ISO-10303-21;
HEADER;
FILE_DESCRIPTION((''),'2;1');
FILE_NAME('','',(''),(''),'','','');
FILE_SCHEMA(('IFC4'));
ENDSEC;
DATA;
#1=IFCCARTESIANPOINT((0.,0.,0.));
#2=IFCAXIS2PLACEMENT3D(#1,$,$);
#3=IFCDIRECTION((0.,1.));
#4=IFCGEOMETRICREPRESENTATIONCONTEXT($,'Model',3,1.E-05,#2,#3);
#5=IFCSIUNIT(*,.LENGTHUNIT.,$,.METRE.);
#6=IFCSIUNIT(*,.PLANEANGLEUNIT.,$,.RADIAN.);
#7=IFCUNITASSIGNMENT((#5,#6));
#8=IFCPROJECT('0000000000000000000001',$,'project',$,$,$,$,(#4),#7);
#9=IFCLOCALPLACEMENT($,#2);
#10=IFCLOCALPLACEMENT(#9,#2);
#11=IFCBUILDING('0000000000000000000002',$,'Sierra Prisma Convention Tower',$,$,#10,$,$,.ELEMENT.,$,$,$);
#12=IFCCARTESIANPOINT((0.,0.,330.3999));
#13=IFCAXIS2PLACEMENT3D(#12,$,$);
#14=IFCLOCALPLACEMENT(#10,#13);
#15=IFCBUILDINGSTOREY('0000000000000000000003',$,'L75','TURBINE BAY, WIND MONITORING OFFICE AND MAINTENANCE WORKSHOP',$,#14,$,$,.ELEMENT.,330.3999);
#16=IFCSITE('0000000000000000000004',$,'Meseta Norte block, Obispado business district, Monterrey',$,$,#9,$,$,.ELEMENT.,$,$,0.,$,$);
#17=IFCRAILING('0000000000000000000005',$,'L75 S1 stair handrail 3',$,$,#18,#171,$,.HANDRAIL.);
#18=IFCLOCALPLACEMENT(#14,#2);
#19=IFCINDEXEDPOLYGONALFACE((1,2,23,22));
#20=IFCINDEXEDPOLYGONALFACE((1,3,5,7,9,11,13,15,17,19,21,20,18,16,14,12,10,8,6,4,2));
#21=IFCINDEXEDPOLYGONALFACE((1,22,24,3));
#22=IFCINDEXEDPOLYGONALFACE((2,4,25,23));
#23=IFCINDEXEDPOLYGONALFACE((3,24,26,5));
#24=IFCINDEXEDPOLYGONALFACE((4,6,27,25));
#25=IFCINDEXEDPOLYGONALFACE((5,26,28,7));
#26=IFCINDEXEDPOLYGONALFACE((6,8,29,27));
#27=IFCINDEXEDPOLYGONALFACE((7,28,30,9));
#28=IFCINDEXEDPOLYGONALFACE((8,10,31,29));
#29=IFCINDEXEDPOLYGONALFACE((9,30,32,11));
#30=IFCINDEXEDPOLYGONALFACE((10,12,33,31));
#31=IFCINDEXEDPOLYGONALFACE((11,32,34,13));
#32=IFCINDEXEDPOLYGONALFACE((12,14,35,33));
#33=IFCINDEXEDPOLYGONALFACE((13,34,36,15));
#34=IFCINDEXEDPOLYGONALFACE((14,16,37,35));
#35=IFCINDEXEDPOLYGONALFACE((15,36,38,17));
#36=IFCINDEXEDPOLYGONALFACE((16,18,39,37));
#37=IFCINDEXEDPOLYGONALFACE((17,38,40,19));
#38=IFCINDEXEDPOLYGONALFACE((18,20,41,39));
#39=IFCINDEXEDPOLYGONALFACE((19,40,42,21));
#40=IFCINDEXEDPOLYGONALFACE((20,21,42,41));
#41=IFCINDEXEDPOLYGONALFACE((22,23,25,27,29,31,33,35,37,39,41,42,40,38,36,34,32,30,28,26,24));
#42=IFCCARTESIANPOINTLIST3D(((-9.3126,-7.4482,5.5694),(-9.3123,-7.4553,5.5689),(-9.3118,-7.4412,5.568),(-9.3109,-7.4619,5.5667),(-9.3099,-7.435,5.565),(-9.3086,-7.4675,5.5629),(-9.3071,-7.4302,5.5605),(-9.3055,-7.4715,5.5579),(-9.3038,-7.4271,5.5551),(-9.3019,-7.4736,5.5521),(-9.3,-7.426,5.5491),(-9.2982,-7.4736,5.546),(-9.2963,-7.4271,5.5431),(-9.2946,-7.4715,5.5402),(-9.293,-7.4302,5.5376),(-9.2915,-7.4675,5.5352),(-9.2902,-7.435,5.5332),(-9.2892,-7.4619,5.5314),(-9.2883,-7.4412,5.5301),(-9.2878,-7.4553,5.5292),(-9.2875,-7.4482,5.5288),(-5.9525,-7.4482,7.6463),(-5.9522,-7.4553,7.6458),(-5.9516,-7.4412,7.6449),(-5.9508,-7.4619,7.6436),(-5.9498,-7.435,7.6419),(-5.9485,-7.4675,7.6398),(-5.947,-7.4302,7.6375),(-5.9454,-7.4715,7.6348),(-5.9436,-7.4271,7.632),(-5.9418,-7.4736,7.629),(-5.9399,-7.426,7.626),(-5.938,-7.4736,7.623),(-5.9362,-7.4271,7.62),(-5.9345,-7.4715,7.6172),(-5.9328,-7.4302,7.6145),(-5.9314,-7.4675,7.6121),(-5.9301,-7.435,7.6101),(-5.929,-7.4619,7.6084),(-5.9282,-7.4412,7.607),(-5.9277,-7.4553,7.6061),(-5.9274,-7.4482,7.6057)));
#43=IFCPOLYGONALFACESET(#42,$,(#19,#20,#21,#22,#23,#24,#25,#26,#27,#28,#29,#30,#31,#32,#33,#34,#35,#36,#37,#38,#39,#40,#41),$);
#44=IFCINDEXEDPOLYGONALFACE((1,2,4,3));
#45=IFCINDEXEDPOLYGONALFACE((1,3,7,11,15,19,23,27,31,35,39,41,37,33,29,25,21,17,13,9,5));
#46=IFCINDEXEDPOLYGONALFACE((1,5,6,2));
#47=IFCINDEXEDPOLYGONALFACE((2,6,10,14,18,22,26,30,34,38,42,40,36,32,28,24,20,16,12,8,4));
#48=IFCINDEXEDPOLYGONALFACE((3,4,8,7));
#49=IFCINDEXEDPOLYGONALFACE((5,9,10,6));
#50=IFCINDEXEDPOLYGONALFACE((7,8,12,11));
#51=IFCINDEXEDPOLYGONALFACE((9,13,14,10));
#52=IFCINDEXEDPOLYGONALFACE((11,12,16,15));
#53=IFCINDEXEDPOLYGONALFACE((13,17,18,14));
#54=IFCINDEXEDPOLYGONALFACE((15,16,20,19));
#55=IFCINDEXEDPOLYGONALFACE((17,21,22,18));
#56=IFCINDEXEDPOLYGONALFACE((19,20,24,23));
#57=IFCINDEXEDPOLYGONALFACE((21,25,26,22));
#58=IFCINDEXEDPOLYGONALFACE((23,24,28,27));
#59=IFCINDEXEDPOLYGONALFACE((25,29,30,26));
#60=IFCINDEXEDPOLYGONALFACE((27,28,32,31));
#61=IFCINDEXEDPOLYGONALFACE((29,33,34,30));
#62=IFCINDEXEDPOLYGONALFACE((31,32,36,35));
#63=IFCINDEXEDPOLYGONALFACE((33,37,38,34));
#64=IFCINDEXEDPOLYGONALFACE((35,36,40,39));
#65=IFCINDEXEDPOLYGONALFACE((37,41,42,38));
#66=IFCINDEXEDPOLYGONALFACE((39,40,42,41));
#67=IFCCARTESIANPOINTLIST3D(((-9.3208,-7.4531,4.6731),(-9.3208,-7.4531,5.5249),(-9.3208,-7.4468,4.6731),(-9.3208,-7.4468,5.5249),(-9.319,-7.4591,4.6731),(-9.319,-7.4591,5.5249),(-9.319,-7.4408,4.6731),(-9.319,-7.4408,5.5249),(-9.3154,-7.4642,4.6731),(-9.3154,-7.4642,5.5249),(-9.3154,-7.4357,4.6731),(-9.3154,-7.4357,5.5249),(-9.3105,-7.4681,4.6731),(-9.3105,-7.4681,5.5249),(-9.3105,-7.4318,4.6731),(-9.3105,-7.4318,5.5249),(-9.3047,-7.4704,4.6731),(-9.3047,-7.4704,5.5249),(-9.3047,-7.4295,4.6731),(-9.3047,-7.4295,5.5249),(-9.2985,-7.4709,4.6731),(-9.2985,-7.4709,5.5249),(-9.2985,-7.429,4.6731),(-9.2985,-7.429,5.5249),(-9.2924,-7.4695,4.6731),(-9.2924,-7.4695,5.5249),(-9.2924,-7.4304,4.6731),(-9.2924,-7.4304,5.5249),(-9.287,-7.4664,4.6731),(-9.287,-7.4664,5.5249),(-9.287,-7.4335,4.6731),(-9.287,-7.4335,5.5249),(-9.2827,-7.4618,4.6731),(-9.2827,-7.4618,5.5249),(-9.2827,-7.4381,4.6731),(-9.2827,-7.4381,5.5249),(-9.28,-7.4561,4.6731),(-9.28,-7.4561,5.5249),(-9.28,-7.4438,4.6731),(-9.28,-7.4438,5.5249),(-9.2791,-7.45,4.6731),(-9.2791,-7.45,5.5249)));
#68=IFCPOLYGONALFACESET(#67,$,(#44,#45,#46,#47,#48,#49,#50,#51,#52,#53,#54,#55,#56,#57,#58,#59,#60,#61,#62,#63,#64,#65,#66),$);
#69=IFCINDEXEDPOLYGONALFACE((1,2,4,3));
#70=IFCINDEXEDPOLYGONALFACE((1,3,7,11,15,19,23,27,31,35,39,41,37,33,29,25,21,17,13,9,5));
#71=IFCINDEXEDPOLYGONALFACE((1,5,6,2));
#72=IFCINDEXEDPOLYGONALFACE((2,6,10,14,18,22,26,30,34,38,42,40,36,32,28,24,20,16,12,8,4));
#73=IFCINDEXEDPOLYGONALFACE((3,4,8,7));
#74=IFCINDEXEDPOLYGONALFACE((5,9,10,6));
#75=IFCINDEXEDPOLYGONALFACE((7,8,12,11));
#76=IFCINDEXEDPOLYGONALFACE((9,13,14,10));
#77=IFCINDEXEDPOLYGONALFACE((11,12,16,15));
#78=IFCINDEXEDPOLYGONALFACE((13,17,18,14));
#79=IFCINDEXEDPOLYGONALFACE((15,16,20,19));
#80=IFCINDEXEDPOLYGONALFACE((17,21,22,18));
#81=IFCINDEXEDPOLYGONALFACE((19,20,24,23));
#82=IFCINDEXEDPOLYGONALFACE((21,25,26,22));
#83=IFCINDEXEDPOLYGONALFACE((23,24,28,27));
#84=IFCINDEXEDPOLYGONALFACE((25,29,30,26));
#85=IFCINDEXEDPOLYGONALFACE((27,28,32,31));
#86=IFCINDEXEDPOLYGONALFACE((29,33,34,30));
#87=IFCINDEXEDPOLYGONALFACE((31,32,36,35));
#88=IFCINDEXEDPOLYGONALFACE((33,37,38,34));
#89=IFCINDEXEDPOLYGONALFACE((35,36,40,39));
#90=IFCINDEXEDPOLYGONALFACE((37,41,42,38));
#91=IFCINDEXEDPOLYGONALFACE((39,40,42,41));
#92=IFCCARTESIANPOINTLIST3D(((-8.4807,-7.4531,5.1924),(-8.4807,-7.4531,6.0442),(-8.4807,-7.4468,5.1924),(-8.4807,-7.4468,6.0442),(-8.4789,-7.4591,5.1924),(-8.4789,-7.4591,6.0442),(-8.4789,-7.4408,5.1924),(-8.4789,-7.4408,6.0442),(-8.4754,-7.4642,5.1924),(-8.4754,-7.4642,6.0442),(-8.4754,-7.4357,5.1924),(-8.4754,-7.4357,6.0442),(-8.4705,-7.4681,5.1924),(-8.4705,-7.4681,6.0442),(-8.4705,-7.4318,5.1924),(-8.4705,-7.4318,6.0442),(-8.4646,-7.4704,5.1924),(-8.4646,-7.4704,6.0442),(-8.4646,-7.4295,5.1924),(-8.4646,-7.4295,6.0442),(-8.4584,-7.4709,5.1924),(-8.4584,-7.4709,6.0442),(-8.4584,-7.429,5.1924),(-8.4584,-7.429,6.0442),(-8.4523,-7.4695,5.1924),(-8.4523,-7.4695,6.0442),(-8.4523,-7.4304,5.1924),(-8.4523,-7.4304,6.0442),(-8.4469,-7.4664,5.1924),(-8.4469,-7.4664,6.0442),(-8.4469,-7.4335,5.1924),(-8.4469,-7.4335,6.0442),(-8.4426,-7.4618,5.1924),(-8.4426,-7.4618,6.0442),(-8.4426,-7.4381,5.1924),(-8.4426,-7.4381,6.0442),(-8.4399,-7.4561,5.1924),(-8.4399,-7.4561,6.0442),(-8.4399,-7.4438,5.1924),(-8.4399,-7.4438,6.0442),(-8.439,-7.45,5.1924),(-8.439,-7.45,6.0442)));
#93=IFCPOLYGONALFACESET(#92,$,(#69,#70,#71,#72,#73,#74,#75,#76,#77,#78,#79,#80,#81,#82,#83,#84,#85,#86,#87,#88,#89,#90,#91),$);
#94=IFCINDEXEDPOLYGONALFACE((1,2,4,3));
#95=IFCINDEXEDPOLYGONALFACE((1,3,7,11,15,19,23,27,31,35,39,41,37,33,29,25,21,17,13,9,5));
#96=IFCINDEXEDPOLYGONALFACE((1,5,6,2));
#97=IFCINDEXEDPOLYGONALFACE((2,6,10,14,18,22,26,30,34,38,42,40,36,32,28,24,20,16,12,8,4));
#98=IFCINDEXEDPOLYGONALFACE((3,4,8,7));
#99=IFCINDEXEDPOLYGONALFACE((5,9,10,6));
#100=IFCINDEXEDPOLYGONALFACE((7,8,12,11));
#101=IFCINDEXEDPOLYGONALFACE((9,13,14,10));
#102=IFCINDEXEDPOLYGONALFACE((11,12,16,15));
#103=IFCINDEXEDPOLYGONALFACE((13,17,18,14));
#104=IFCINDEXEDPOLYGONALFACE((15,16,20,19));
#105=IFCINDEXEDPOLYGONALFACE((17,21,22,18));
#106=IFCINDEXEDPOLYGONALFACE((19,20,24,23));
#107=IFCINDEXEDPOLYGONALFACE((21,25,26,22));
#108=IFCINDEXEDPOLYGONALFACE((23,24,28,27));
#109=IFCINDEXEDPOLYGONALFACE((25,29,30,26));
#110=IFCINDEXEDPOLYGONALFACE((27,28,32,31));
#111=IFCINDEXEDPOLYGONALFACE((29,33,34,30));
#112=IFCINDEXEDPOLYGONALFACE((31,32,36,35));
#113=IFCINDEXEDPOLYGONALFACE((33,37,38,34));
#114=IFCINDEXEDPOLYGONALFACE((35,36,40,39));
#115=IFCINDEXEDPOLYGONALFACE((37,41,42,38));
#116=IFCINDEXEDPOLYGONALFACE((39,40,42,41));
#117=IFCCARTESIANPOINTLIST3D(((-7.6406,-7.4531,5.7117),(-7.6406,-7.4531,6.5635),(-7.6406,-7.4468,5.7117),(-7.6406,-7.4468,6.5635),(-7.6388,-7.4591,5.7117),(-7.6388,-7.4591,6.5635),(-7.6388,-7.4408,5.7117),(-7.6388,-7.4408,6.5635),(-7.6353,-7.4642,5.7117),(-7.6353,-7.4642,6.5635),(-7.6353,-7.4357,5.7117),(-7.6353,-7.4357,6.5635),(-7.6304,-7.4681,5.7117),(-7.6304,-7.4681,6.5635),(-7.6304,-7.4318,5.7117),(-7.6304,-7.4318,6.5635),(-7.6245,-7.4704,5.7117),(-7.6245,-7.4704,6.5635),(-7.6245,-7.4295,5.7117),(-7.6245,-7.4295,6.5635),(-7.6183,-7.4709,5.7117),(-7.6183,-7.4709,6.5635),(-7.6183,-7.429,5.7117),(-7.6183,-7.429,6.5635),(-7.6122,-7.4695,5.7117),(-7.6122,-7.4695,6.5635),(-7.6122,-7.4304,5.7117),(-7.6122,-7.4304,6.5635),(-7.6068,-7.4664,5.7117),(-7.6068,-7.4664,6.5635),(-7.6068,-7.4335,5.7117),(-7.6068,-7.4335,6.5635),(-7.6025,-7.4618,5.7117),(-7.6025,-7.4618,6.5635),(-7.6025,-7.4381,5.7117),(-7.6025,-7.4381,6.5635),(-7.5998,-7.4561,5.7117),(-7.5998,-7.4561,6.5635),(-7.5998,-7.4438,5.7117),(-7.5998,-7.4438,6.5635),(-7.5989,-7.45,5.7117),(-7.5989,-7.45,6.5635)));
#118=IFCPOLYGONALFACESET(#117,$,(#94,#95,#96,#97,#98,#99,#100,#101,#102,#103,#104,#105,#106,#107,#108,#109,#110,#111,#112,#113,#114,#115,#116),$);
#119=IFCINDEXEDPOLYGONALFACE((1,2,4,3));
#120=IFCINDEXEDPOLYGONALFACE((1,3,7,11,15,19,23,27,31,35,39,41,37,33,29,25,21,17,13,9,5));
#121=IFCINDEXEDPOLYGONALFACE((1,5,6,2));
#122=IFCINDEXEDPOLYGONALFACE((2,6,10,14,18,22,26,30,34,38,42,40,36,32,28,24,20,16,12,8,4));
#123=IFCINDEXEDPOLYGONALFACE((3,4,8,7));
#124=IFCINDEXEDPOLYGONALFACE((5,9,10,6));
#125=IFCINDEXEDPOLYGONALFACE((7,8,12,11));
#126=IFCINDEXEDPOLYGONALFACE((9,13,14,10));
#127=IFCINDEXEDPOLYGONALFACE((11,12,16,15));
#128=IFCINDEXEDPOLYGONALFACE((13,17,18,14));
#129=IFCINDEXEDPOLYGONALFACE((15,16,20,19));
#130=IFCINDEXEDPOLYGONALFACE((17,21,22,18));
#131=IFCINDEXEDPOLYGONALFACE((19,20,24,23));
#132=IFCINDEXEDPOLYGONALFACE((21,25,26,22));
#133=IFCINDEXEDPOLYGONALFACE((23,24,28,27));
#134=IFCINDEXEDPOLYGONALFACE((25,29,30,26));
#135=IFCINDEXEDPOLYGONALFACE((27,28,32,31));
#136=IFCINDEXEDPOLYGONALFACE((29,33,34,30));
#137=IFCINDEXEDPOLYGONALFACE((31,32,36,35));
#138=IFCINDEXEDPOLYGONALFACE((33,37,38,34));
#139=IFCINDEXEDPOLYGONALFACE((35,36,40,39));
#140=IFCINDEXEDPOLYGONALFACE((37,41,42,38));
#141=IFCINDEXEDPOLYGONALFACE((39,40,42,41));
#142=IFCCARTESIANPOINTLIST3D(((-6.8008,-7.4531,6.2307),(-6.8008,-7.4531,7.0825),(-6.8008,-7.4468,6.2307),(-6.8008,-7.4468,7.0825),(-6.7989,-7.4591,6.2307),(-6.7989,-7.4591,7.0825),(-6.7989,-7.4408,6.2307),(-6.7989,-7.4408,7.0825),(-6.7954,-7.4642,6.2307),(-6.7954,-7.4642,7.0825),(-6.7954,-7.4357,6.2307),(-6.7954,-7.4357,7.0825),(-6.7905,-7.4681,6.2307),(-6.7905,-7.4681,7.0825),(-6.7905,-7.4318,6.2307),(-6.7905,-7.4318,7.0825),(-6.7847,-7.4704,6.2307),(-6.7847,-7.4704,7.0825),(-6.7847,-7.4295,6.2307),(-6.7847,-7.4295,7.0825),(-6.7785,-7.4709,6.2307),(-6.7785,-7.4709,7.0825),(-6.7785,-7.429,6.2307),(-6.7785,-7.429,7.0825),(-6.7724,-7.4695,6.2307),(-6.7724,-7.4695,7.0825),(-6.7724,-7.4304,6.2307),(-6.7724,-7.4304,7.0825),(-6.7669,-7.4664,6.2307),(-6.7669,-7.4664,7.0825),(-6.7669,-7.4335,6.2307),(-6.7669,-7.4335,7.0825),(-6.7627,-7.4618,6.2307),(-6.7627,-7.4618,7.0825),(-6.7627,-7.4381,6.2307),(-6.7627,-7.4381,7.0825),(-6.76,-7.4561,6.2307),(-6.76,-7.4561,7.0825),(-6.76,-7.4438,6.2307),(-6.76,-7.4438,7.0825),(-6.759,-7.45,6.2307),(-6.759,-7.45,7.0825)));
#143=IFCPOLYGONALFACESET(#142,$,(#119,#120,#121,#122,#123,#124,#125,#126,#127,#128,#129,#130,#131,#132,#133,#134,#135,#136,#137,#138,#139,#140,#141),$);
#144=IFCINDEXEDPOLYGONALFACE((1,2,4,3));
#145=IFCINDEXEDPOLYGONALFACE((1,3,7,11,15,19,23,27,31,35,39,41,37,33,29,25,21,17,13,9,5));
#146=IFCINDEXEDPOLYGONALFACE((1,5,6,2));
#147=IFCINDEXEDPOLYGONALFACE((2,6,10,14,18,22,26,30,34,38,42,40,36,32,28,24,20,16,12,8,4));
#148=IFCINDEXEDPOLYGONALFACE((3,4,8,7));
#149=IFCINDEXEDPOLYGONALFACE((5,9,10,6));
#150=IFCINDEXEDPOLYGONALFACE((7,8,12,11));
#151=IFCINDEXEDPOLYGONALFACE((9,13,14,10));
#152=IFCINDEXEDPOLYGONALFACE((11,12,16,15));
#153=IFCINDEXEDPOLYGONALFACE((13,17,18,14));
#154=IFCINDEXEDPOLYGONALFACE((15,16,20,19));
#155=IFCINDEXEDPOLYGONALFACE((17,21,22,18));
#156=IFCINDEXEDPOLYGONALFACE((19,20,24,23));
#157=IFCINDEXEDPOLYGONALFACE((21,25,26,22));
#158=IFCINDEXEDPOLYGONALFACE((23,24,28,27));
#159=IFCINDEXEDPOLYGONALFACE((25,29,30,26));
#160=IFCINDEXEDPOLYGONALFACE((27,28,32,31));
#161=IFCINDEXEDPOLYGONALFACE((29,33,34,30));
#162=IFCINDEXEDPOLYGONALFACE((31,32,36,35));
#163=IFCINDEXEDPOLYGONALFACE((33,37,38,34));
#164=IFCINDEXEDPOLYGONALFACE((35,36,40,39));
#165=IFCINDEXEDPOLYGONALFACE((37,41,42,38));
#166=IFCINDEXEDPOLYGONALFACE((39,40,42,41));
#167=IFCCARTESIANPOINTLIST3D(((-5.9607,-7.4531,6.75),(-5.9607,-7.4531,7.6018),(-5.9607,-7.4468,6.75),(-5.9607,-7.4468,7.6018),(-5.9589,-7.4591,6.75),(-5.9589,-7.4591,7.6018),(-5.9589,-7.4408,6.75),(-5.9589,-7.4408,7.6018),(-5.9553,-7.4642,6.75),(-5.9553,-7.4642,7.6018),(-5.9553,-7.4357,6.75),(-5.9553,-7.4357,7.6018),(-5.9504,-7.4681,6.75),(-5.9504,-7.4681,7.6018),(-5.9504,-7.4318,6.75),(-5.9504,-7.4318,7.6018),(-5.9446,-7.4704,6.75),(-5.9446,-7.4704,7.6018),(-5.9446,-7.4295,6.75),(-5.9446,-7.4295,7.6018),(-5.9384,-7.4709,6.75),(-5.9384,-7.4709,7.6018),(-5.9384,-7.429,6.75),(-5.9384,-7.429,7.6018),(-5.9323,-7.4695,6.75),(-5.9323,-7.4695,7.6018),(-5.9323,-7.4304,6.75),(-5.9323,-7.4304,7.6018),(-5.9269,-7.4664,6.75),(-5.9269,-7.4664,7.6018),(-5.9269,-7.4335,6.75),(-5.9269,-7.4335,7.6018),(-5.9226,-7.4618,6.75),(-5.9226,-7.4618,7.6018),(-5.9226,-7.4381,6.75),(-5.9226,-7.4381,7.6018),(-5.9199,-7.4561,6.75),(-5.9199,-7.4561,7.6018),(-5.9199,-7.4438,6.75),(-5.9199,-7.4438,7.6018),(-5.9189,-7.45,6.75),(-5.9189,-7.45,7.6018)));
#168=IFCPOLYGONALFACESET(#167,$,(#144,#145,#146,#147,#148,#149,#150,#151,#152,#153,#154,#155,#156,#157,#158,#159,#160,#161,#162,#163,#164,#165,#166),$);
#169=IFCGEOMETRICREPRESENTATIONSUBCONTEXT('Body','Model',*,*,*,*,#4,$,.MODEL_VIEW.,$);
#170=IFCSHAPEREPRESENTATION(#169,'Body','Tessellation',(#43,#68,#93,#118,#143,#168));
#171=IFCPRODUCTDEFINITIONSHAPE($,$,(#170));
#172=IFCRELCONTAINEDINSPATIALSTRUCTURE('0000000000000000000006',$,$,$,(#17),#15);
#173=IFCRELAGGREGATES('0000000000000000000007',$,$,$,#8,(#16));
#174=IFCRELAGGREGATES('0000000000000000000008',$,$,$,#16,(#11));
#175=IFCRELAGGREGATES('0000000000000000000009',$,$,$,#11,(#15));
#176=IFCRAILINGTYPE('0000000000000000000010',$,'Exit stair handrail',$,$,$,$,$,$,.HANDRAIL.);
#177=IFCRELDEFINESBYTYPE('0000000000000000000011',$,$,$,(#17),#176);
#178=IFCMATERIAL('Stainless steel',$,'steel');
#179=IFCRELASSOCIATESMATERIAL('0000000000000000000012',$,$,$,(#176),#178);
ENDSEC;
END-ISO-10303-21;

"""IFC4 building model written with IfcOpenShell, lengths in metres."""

from ifc_helpers import new_model, si_unit, direction, frame, origin, origin_2d, place, context, subcontext, project, spatial, circle, extrude, material, type_object, element, save


model = new_model("IFC4")

# Units and contexts
model_context = context("Model", 3, precision=1e-05, world=origin(), true_north=direction((0.0, 1.0)))
body_context = subcontext(model_context, "Body", "Model", "MODEL_VIEW")
ifc_project = project(units=[si_unit("LENGTHUNIT", "METRE"), si_unit("PLANEANGLEUNIT", "RADIAN")], contexts=[model_context])

# Site, building, storey
site_placement = place(None, origin())
site = spatial("IfcSite", under=ifc_project, at=site_placement, Name="Meseta Norte block, Obispado business district, Monterrey", CompositionType="ELEMENT", RefElevation=0.0)
building_placement = place(site_placement, origin())
building = spatial("IfcBuilding", under=site, at=building_placement, Name="Sierra Prisma Convention Tower", CompositionType="ELEMENT")
storey_placement = place(building_placement, frame((0.0, 0.0, 330.3999)))
storey = spatial("IfcBuildingStorey", under=building, at=storey_placement, Name="L75", Description="TURBINE BAY, WIND MONITORING OFFICE AND MAINTENANCE WORKSHOP", CompositionType="ELEMENT", Elevation=330.3999)

# Railing
ifc_material_1 = material(Name="Stainless steel", Category="steel")
railing_type_1 = type_object("IfcRailingType", Name="Exit stair handrail", PredefinedType="HANDRAIL", material=ifc_material_1)
for number, where, name in (
    (1, (-9.3, -7.45, 4.6731), "L75 S1 stair handrail 3"),
):
    element("IfcRailing", number, at=place(storey_placement, frame(where)), inside=storey, type_object=railing_type_1, Name=name, PredefinedType="HANDRAIL", context=body_context, shape_type="SweptSolid", body=[
        extrude(circle(Radius=0.0239, at=origin_2d()), frame((0.0, 0.0, 0.876), z_axis=(0.850623, 0.0, 0.525776), x_axis=(0.0, 1.0, 0.0)), (0.0, 0.0, 1.0), 3.9502),
        extrude(circle(Radius=0.021, at=origin_2d()), origin(), (0.0, 0.0, 1.0), 0.8518),
        extrude(circle(Radius=0.021, at=origin_2d()), frame((0.8401, 0.0, 0.5193)), (0.0, 0.0, 1.0), 0.8518),
        extrude(circle(Radius=0.021, at=origin_2d()), frame((1.6802, 0.0, 1.0386)), (0.0, 0.0, 1.0), 0.8518),
        extrude(circle(Radius=0.021, at=origin_2d()), frame((2.52, 0.0, 1.5576)), (0.0, 0.0, 1.0), 0.8518),
        extrude(circle(Radius=0.021, at=origin_2d()), frame((3.3601, 0.0, 2.0769)), (0.0, 0.0, 1.0), 0.8518),
    ])

save(model, "model.ifc")
